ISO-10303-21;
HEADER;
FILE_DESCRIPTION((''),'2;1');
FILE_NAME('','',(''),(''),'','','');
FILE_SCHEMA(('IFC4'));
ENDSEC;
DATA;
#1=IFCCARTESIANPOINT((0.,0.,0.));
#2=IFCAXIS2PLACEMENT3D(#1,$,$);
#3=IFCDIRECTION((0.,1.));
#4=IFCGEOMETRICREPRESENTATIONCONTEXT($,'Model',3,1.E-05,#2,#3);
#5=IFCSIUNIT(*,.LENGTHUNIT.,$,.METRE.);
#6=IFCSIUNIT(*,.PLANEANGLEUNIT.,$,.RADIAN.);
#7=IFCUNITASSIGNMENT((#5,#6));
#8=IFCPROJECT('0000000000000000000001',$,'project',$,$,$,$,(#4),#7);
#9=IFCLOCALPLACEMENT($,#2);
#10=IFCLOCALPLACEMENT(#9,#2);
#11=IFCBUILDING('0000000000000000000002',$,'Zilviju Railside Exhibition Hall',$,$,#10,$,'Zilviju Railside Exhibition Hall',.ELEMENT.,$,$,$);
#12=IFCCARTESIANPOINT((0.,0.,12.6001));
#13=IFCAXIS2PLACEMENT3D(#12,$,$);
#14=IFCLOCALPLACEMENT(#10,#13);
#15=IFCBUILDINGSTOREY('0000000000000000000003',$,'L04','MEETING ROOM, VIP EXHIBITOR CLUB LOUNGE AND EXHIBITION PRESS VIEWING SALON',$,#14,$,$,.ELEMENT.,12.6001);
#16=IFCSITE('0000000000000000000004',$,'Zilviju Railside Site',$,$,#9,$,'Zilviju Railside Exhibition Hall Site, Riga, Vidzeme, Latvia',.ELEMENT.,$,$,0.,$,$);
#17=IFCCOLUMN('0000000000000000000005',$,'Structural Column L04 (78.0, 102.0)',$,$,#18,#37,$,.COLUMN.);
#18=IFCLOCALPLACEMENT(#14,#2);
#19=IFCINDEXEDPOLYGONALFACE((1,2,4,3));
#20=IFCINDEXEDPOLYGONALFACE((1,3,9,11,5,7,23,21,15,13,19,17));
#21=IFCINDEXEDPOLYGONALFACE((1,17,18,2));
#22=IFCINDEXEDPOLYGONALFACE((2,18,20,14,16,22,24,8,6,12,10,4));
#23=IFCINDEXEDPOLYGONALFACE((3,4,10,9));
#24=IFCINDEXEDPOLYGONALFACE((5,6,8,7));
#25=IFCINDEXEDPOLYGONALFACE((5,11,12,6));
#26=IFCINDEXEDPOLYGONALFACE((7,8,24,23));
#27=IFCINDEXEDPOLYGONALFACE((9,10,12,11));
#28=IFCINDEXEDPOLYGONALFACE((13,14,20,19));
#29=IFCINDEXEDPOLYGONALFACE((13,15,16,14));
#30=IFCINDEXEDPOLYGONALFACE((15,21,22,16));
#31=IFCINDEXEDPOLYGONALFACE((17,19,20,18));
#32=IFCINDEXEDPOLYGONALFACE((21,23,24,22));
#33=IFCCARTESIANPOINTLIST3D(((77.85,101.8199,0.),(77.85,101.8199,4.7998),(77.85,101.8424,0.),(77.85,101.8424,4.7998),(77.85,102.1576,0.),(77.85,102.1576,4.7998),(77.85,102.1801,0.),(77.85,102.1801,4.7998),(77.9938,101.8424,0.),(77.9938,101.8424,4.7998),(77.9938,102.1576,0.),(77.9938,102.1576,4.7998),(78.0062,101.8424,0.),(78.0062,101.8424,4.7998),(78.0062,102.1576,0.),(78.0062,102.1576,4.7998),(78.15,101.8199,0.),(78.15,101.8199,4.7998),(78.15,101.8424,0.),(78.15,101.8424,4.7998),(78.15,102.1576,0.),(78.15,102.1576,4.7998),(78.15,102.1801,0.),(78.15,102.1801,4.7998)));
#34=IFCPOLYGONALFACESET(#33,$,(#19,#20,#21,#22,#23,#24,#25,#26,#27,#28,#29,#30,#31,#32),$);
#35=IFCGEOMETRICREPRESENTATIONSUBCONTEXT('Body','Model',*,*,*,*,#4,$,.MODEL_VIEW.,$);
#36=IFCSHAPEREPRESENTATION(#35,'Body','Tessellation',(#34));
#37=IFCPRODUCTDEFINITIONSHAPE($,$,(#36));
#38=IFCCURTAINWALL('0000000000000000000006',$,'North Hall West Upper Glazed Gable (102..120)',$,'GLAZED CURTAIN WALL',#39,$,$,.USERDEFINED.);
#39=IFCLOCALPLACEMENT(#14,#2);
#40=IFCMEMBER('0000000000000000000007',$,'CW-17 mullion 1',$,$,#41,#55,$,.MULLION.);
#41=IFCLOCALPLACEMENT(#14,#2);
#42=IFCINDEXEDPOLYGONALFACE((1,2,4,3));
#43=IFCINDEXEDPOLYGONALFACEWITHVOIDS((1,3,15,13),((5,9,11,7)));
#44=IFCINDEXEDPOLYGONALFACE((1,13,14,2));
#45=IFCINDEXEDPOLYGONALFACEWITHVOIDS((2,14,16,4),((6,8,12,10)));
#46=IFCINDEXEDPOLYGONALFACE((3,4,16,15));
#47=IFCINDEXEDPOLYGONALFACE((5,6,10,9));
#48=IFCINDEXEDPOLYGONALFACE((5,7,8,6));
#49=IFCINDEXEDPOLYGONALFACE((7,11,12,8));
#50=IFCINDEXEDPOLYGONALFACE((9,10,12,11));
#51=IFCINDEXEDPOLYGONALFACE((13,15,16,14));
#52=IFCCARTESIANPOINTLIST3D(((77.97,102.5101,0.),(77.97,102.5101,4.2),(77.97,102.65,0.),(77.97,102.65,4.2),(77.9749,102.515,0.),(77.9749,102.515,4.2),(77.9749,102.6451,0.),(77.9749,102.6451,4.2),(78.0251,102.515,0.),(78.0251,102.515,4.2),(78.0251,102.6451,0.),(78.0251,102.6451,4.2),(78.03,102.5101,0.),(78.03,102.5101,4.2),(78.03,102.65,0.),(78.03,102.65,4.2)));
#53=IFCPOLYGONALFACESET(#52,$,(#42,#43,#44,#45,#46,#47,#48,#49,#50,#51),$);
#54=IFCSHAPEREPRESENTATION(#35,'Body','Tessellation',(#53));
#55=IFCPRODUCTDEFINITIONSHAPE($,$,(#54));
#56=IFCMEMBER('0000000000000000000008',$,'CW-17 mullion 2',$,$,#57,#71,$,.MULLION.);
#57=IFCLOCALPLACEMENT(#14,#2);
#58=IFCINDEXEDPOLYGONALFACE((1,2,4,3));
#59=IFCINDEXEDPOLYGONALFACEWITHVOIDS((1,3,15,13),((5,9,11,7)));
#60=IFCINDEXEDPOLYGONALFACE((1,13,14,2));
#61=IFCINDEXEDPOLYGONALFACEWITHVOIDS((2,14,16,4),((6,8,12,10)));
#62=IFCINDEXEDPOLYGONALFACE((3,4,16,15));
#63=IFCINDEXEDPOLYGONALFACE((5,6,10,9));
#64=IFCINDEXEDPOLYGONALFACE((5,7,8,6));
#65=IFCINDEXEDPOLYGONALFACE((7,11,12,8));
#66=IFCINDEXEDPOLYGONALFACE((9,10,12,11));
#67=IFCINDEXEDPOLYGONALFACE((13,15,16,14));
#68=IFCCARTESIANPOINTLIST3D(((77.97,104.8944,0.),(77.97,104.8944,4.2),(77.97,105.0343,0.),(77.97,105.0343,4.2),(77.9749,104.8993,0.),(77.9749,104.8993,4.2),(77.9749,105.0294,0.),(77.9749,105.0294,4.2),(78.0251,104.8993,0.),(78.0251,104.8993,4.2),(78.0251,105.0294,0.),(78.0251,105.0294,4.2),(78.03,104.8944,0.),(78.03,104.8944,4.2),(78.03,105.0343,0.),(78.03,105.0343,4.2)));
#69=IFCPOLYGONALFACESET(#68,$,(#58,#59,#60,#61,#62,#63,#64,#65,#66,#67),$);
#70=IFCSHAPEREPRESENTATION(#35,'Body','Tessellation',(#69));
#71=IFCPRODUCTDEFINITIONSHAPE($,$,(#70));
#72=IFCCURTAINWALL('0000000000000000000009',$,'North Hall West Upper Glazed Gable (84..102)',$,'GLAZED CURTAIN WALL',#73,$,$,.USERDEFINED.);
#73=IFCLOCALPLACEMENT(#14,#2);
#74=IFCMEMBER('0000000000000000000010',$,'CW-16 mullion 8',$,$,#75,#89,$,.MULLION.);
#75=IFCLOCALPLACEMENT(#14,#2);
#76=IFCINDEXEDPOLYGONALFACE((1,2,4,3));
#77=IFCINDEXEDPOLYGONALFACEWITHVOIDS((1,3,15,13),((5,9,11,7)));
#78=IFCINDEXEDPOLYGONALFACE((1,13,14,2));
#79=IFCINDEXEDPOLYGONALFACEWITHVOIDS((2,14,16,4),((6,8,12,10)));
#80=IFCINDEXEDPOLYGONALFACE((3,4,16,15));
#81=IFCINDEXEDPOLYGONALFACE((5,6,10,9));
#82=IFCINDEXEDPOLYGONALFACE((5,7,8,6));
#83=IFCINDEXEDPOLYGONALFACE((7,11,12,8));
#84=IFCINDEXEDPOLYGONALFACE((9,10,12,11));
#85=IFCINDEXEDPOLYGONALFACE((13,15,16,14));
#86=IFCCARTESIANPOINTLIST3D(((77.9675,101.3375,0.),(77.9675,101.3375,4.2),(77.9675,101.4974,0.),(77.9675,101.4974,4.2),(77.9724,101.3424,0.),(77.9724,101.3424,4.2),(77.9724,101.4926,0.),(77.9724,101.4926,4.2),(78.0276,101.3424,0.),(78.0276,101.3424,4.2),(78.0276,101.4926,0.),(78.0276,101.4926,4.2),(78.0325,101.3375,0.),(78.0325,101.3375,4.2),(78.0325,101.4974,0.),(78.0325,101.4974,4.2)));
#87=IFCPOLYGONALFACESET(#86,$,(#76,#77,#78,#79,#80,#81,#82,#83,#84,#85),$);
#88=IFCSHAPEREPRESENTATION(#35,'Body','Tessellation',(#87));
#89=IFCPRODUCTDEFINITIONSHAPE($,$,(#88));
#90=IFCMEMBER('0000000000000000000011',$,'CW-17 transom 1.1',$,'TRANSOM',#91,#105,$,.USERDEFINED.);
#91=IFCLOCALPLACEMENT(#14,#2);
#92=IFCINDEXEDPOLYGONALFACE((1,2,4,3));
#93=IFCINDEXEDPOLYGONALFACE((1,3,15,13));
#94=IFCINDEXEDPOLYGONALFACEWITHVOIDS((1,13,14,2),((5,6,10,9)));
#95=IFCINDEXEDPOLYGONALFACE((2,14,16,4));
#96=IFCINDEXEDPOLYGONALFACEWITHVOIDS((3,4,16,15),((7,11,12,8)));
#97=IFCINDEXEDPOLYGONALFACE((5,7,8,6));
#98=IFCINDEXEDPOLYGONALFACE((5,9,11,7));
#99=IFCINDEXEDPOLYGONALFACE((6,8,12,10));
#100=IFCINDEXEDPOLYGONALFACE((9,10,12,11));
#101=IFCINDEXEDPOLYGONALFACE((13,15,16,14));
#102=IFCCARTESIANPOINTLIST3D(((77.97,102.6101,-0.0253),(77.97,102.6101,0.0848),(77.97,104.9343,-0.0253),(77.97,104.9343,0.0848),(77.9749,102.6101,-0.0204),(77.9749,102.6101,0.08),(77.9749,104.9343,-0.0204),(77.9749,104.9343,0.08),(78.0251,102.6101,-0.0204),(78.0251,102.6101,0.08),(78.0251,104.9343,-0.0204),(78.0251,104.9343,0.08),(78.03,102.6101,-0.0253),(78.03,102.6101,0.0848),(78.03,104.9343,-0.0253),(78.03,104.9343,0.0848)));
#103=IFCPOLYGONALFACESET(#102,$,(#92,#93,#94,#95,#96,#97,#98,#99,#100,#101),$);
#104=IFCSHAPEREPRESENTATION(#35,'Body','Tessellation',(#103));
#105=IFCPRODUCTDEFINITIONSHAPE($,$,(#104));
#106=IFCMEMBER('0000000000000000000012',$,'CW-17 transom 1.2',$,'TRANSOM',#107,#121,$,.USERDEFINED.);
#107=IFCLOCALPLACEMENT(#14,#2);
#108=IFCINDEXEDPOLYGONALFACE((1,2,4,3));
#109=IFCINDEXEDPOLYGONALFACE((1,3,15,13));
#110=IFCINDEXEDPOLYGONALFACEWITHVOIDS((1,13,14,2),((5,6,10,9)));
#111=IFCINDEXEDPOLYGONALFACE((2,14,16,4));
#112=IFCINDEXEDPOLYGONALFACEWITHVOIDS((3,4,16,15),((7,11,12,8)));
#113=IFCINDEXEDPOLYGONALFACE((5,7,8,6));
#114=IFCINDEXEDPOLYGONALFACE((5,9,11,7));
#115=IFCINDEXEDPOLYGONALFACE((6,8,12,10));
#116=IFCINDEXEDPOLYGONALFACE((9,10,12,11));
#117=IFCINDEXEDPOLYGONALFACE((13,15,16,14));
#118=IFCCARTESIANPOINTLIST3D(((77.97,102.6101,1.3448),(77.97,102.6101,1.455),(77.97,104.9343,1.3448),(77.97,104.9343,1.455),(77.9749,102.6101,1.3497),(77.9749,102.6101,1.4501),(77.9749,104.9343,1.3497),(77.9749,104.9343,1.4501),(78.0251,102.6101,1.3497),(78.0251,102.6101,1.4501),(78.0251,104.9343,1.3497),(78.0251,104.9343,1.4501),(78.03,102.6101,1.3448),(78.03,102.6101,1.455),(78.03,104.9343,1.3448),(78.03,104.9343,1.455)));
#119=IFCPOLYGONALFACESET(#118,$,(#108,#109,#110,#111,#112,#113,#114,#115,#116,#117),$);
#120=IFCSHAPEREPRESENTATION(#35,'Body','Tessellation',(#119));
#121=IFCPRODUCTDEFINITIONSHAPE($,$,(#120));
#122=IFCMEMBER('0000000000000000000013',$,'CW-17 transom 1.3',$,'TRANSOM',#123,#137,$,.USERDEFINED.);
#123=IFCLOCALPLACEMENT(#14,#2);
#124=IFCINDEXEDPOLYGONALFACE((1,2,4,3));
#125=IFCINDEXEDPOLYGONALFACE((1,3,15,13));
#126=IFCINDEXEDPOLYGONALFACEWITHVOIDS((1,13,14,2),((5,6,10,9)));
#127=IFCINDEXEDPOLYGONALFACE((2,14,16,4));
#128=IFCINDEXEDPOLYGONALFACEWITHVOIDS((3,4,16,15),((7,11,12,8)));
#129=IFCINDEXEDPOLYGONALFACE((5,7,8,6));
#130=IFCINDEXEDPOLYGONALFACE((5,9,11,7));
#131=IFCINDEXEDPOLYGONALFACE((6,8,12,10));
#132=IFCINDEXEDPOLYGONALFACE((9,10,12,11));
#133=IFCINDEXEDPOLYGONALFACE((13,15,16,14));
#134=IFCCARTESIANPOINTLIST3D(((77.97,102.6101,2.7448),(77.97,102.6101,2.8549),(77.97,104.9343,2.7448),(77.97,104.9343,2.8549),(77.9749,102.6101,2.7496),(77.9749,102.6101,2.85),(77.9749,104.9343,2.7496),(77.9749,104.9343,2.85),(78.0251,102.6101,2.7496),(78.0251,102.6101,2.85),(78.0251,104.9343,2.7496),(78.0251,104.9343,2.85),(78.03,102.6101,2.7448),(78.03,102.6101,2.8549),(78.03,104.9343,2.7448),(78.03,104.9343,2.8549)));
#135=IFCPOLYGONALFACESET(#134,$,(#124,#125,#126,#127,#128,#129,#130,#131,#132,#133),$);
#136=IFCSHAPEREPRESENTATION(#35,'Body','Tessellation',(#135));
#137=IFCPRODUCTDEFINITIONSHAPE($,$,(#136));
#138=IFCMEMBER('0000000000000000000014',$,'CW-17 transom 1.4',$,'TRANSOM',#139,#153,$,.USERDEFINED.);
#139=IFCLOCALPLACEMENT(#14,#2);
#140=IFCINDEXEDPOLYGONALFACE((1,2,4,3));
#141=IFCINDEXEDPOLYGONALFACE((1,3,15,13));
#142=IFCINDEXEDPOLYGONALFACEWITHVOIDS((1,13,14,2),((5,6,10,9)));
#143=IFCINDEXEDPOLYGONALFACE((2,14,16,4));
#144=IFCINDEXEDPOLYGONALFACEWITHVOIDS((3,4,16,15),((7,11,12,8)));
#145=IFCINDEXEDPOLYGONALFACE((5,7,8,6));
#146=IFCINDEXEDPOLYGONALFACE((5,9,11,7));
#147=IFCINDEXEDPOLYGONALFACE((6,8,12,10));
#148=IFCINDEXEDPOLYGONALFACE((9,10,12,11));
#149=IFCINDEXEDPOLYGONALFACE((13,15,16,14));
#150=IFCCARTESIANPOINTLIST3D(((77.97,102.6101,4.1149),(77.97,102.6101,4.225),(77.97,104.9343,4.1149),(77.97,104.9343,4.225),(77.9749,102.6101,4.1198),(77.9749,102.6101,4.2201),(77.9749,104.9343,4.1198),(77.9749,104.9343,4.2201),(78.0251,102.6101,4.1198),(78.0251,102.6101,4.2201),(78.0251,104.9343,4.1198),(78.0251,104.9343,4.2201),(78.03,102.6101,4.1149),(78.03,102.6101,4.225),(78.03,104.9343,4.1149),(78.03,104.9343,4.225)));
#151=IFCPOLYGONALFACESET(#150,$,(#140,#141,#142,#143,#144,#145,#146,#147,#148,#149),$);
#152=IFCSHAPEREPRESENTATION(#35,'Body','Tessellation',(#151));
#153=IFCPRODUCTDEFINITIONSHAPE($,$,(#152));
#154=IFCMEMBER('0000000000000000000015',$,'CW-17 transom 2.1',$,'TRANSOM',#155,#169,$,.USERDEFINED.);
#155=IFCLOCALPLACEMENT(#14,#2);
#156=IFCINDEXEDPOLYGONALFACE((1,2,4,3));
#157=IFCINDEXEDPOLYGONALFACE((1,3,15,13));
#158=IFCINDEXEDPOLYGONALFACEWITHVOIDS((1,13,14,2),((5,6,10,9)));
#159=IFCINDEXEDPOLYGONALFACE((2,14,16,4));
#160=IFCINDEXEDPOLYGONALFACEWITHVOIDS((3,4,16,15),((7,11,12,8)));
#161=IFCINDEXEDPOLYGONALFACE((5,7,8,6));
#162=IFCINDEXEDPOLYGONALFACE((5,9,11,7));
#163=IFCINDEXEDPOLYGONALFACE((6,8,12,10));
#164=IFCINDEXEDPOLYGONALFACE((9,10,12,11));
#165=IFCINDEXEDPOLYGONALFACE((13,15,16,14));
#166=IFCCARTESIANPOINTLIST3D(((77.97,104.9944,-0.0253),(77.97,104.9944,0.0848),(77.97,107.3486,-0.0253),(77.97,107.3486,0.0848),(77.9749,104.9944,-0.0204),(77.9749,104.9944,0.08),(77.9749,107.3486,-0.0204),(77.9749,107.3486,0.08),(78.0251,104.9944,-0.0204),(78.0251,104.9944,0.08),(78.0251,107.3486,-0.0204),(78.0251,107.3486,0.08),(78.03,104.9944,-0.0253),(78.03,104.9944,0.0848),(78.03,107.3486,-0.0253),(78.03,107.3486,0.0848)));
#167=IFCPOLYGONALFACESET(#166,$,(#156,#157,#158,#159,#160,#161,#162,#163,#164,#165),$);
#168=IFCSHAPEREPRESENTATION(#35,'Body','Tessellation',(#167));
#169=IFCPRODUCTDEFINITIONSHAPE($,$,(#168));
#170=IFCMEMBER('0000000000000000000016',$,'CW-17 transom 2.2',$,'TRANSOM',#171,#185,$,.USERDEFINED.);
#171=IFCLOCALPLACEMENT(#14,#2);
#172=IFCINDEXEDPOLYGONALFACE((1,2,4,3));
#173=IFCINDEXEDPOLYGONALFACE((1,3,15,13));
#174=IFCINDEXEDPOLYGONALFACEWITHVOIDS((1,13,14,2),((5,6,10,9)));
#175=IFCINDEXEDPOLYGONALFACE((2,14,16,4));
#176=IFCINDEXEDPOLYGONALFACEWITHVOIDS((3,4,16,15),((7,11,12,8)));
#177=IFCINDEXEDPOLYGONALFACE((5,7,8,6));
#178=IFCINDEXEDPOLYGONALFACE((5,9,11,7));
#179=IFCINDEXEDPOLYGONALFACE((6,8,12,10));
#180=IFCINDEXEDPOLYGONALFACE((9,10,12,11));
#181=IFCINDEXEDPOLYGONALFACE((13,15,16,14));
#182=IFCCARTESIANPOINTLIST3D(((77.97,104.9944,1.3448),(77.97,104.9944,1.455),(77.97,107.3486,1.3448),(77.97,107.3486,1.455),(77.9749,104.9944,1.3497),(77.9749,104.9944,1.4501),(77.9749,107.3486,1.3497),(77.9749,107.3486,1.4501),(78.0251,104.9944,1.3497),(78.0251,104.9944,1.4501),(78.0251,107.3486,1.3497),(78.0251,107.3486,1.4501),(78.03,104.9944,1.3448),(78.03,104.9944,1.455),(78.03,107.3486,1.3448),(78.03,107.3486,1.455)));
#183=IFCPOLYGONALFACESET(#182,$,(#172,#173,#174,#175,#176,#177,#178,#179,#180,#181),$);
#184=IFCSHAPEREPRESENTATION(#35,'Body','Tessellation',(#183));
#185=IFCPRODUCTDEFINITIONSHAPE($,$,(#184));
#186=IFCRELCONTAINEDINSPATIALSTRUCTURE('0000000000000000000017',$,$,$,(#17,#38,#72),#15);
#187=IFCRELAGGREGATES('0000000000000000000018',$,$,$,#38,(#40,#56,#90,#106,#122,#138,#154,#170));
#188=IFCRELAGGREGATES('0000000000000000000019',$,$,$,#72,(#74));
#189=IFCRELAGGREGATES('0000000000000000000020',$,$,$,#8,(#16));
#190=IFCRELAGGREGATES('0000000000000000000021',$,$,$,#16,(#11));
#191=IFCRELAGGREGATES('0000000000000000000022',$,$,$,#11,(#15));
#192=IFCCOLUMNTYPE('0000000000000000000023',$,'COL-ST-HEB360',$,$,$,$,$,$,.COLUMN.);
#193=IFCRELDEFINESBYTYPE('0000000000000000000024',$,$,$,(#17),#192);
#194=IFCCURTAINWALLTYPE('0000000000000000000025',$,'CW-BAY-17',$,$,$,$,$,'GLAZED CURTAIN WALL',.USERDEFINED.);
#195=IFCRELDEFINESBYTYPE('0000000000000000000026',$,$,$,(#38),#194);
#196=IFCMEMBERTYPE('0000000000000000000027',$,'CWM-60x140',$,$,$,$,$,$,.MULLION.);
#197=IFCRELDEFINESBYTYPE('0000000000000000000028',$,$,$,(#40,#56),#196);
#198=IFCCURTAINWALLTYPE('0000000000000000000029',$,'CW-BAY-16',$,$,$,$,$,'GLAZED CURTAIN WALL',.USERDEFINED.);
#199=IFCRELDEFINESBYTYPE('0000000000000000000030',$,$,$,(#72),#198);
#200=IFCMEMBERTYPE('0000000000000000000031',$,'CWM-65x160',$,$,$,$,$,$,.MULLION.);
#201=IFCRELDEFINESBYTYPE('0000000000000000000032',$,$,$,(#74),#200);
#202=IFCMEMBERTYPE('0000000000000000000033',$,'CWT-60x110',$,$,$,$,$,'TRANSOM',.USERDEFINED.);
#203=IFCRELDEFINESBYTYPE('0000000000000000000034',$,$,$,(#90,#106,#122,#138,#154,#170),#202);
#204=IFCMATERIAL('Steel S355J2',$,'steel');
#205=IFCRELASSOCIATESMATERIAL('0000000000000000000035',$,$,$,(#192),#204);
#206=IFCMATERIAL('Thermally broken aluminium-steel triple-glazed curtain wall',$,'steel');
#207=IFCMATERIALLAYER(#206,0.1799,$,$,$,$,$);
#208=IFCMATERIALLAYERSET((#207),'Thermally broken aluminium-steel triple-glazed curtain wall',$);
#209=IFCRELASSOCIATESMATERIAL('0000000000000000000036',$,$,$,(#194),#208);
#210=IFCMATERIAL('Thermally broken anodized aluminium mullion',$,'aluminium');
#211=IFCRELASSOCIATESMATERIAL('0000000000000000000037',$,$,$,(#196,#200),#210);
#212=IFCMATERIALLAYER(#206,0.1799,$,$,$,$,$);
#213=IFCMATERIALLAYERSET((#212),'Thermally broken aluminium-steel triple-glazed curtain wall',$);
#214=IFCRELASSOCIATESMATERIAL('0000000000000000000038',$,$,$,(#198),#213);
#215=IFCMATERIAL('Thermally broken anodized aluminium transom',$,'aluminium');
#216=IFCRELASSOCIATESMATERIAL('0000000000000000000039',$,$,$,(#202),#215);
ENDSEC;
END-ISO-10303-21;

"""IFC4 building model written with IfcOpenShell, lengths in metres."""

from ifc_helpers import new_model, si_unit, direction, frame, origin, origin_2d, place, context, subcontext, project, spatial, hollow_rectangle, i_section, extrude, material, layer, layer_set, material_profile, profile_set, type_object, element, aggregate, save


model = new_model("IFC4")

# Units and contexts
model_context = context("Model", 3, precision=1e-05, world=origin(), true_north=direction((0.0, 1.0)))
body_context = subcontext(model_context, "Body", "Model", "MODEL_VIEW")
ifc_project = project(units=[si_unit("LENGTHUNIT", "METRE"), si_unit("PLANEANGLEUNIT", "RADIAN")], contexts=[model_context])

# Site, building, storey
site_placement = place(None, origin())
site = spatial("IfcSite", under=ifc_project, at=site_placement, Name="Zilviju Railside Site", LongName="Zilviju Railside Exhibition Hall Site, Riga, Vidzeme, Latvia", CompositionType="ELEMENT", RefElevation=0.0)
building_placement = place(site_placement, origin())
building = spatial("IfcBuilding", under=site, at=building_placement, Name="Zilviju Railside Exhibition Hall", LongName="Zilviju Railside Exhibition Hall", CompositionType="ELEMENT")
storey_placement = place(building_placement, frame((0.0, 0.0, 12.6001)))
storey = spatial("IfcBuildingStorey", under=building, at=storey_placement, Name="L04", Description="MEETING ROOM, VIP EXHIBITOR CLUB LOUNGE AND EXHIBITION PRESS VIEWING SALON", CompositionType="ELEMENT", Elevation=12.6001)

# Column
ifc_material_1 = material(Name="Steel S355J2", Category="steel")
ifc_material_profile_1 = material_profile(ifc_material_1, i_section(OverallWidth=0.3, OverallDepth=0.3601, WebThickness=0.0125, FlangeThickness=0.0225, at=origin_2d()), Name="HEB 360")
ifc_profile_set_1 = profile_set([ifc_material_profile_1], Name="Steel S355J2")
column_type = type_object("IfcColumnType", Name="COL-ST-HEB360", PredefinedType="COLUMN", material=ifc_profile_set_1)
column_placement = place(storey_placement, frame((78.0, 102.0, 0.0), z_axis=(0.0, 0.0, 1.0), x_axis=(1.0, 0.0, 0.0)))
element("IfcColumn", 1, at=column_placement, inside=storey, type_object=column_type, Name="Structural Column L04 (78.0, 102.0)", PredefinedType="COLUMN", context=body_context, shape_type="SweptSolid", body=[
    extrude(i_section(OverallWidth=0.3, OverallDepth=0.3601, WebThickness=0.0125, FlangeThickness=0.0225, at=origin_2d()), origin(), (0.0, 0.0, 1.0), 4.7998),
])

# Curtain wall, members
ifc_material_2 = material(Name="Thermally broken aluminium-steel triple-glazed curtain wall", Category="steel")
ifc_layer_1 = layer(ifc_material_2, 0.1799)
ifc_layer_set_1 = layer_set([ifc_layer_1], Name="Thermally broken aluminium-steel triple-glazed curtain wall")
curtain_wall_type_1 = type_object("IfcCurtainWallType", Name="CW-BAY-17", ElementType="GLAZED CURTAIN WALL", PredefinedType="USERDEFINED", material=ifc_layer_set_1)
curtain_wall_1_placement = place(storey_placement, origin())
curtain_wall_1 = element("IfcCurtainWall", 2, at=curtain_wall_1_placement, inside=storey, type_object=curtain_wall_type_1, Name="North Hall West Upper Glazed Gable (102..120)", ObjectType="GLAZED CURTAIN WALL", PredefinedType="USERDEFINED")
ifc_material_3 = material(Name="Thermally broken anodized aluminium mullion", Category="aluminium")
ifc_material_profile_2 = material_profile(ifc_material_3, hollow_rectangle(XDim=0.0601, YDim=0.1399, WallThickness=0.0049, at=origin_2d()), Name="MULLION 140x60x5")
ifc_profile_set_2 = profile_set([ifc_material_profile_2], Name="Thermally broken anodized aluminium mullion")
member_type_1 = type_object("IfcMemberType", Name="CWM-60x140", PredefinedType="MULLION", material=ifc_profile_set_2)
member_1_placement = place(storey_placement, frame((78.0, 102.5801, 0.0), z_axis=(0.0, 0.0, 1.0), x_axis=(-1.0, 0.0, 0.0)))
member_1 = element("IfcMember", 3, at=member_1_placement, type_object=member_type_1, Name="CW-17 mullion 1", PredefinedType="MULLION", context=body_context, shape_type="SweptSolid", body=[
    extrude(hollow_rectangle(XDim=0.0601, YDim=0.1399, WallThickness=0.0049, at=origin_2d()), origin(), (0.0, 0.0, 1.0), 4.2),
])
member_2_placement = place(storey_placement, frame((78.0, 104.9644, 0.0), z_axis=(0.0, 0.0, 1.0), x_axis=(-1.0, 0.0, 0.0)))
member_2 = element("IfcMember", 4, at=member_2_placement, type_object=member_type_1, Name="CW-17 mullion 2", PredefinedType="MULLION", context=body_context, shape_type="SweptSolid", body=[
    extrude(hollow_rectangle(XDim=0.0601, YDim=0.1399, WallThickness=0.0049, at=origin_2d()), origin(), (0.0, 0.0, 1.0), 4.2),
])

# Curtain wall, member
ifc_layer_2 = layer(ifc_material_2, 0.1799)
ifc_layer_set_2 = layer_set([ifc_layer_2], Name="Thermally broken aluminium-steel triple-glazed curtain wall")
curtain_wall_type_2 = type_object("IfcCurtainWallType", Name="CW-BAY-16", ElementType="GLAZED CURTAIN WALL", PredefinedType="USERDEFINED", material=ifc_layer_set_2)
curtain_wall_2_placement = place(storey_placement, origin())
curtain_wall_2 = element("IfcCurtainWall", 5, at=curtain_wall_2_placement, inside=storey, type_object=curtain_wall_type_2, Name="North Hall West Upper Glazed Gable (84..102)", ObjectType="GLAZED CURTAIN WALL", PredefinedType="USERDEFINED")
ifc_material_profile_3 = material_profile(ifc_material_3, hollow_rectangle(XDim=0.0649, YDim=0.1599, WallThickness=0.0049, at=origin_2d()), Name="MULLION 160x65x5")
ifc_profile_set_3 = profile_set([ifc_material_profile_3], Name="Thermally broken anodized aluminium mullion")
member_type_2 = type_object("IfcMemberType", Name="CWM-65x160", PredefinedType="MULLION", material=ifc_profile_set_3)
member_3_placement = place(storey_placement, frame((78.0, 101.4175, 0.0), z_axis=(0.0, 0.0, 1.0), x_axis=(-1.0, 0.0, 0.0)))
member_3 = element("IfcMember", 6, at=member_3_placement, type_object=member_type_2, Name="CW-16 mullion 8", PredefinedType="MULLION", context=body_context, shape_type="SweptSolid", body=[
    extrude(hollow_rectangle(XDim=0.0649, YDim=0.1599, WallThickness=0.0049, at=origin_2d()), origin(), (0.0, 0.0, 1.0), 4.2),
])

# Members
ifc_material_4 = material(Name="Thermally broken anodized aluminium transom", Category="aluminium")
ifc_material_profile_4 = material_profile(ifc_material_4, hollow_rectangle(XDim=0.0601, YDim=0.1101, WallThickness=0.0049, at=origin_2d()), Name="TRANSOM 110x60x5")
ifc_profile_set_4 = profile_set([ifc_material_profile_4], Name="Thermally broken anodized aluminium transom")
member_type_3 = type_object("IfcMemberType", Name="CWT-60x110", ElementType="TRANSOM", PredefinedType="USERDEFINED", material=ifc_profile_set_4)
member_4_placement = place(storey_placement, frame((78.0, 102.6101, 0.0298), z_axis=(0.0, 1.0, 0.0), x_axis=(-1.0, 0.0, 0.0)))
member_4 = element("IfcMember", 7, at=member_4_placement, type_object=member_type_3, Name="CW-17 transom 1.1", ObjectType="TRANSOM", PredefinedType="USERDEFINED", context=body_context, shape_type="SweptSolid", body=[
    extrude(hollow_rectangle(XDim=0.0601, YDim=0.1101, WallThickness=0.0049, at=origin_2d()), origin(), (0.0, 0.0, 1.0), 2.3242),
])
member_5_placement = place(storey_placement, frame((78.0, 102.6101, 1.3999), z_axis=(0.0, 1.0, 0.0), x_axis=(-1.0, 0.0, 0.0)))
member_5 = element("IfcMember", 8, at=member_5_placement, type_object=member_type_3, Name="CW-17 transom 1.2", ObjectType="TRANSOM", PredefinedType="USERDEFINED", context=body_context, shape_type="SweptSolid", body=[
    extrude(hollow_rectangle(XDim=0.0601, YDim=0.1101, WallThickness=0.0049, at=origin_2d()), origin(), (0.0, 0.0, 1.0), 2.3242),
])
member_6_placement = place(storey_placement, frame((78.0, 102.6101, 2.7998), z_axis=(0.0, 1.0, 0.0), x_axis=(-1.0, 0.0, 0.0)))
member_6 = element("IfcMember", 9, at=member_6_placement, type_object=member_type_3, Name="CW-17 transom 1.3", ObjectType="TRANSOM", PredefinedType="USERDEFINED", context=body_context, shape_type="SweptSolid", body=[
    extrude(hollow_rectangle(XDim=0.0601, YDim=0.1101, WallThickness=0.0049, at=origin_2d()), origin(), (0.0, 0.0, 1.0), 2.3242),
])
member_7_placement = place(storey_placement, frame((78.0, 102.6101, 4.1699), z_axis=(0.0, 1.0, 0.0), x_axis=(-1.0, 0.0, 0.0)))
member_7 = element("IfcMember", 10, at=member_7_placement, type_object=member_type_3, Name="CW-17 transom 1.4", ObjectType="TRANSOM", PredefinedType="USERDEFINED", context=body_context, shape_type="SweptSolid", body=[
    extrude(hollow_rectangle(XDim=0.0601, YDim=0.1101, WallThickness=0.0049, at=origin_2d()), origin(), (0.0, 0.0, 1.0), 2.3242),
])
member_8_placement = place(storey_placement, frame((78.0, 104.9944, 0.0298), z_axis=(0.0, 1.0, 0.0), x_axis=(-1.0, 0.0, 0.0)))
member_8 = element("IfcMember", 11, at=member_8_placement, type_object=member_type_3, Name="CW-17 transom 2.1", ObjectType="TRANSOM", PredefinedType="USERDEFINED", context=body_context, shape_type="SweptSolid", body=[
    extrude(hollow_rectangle(XDim=0.0601, YDim=0.1101, WallThickness=0.0049, at=origin_2d()), origin(), (0.0, 0.0, 1.0), 2.3542),
])
member_9_placement = place(storey_placement, frame((78.0, 104.9944, 1.3999), z_axis=(0.0, 1.0, 0.0), x_axis=(-1.0, 0.0, 0.0)))
member_9 = element("IfcMember", 12, at=member_9_placement, type_object=member_type_3, Name="CW-17 transom 2.2", ObjectType="TRANSOM", PredefinedType="USERDEFINED", context=body_context, shape_type="SweptSolid", body=[
    extrude(hollow_rectangle(XDim=0.0601, YDim=0.1101, WallThickness=0.0049, at=origin_2d()), origin(), (0.0, 0.0, 1.0), 2.3542),
])

aggregate(curtain_wall_1, [member_1, member_2, member_4, member_5, member_6, member_7, member_8, member_9])
aggregate(curtain_wall_2, [member_3])

save(model, "model.ifc")
